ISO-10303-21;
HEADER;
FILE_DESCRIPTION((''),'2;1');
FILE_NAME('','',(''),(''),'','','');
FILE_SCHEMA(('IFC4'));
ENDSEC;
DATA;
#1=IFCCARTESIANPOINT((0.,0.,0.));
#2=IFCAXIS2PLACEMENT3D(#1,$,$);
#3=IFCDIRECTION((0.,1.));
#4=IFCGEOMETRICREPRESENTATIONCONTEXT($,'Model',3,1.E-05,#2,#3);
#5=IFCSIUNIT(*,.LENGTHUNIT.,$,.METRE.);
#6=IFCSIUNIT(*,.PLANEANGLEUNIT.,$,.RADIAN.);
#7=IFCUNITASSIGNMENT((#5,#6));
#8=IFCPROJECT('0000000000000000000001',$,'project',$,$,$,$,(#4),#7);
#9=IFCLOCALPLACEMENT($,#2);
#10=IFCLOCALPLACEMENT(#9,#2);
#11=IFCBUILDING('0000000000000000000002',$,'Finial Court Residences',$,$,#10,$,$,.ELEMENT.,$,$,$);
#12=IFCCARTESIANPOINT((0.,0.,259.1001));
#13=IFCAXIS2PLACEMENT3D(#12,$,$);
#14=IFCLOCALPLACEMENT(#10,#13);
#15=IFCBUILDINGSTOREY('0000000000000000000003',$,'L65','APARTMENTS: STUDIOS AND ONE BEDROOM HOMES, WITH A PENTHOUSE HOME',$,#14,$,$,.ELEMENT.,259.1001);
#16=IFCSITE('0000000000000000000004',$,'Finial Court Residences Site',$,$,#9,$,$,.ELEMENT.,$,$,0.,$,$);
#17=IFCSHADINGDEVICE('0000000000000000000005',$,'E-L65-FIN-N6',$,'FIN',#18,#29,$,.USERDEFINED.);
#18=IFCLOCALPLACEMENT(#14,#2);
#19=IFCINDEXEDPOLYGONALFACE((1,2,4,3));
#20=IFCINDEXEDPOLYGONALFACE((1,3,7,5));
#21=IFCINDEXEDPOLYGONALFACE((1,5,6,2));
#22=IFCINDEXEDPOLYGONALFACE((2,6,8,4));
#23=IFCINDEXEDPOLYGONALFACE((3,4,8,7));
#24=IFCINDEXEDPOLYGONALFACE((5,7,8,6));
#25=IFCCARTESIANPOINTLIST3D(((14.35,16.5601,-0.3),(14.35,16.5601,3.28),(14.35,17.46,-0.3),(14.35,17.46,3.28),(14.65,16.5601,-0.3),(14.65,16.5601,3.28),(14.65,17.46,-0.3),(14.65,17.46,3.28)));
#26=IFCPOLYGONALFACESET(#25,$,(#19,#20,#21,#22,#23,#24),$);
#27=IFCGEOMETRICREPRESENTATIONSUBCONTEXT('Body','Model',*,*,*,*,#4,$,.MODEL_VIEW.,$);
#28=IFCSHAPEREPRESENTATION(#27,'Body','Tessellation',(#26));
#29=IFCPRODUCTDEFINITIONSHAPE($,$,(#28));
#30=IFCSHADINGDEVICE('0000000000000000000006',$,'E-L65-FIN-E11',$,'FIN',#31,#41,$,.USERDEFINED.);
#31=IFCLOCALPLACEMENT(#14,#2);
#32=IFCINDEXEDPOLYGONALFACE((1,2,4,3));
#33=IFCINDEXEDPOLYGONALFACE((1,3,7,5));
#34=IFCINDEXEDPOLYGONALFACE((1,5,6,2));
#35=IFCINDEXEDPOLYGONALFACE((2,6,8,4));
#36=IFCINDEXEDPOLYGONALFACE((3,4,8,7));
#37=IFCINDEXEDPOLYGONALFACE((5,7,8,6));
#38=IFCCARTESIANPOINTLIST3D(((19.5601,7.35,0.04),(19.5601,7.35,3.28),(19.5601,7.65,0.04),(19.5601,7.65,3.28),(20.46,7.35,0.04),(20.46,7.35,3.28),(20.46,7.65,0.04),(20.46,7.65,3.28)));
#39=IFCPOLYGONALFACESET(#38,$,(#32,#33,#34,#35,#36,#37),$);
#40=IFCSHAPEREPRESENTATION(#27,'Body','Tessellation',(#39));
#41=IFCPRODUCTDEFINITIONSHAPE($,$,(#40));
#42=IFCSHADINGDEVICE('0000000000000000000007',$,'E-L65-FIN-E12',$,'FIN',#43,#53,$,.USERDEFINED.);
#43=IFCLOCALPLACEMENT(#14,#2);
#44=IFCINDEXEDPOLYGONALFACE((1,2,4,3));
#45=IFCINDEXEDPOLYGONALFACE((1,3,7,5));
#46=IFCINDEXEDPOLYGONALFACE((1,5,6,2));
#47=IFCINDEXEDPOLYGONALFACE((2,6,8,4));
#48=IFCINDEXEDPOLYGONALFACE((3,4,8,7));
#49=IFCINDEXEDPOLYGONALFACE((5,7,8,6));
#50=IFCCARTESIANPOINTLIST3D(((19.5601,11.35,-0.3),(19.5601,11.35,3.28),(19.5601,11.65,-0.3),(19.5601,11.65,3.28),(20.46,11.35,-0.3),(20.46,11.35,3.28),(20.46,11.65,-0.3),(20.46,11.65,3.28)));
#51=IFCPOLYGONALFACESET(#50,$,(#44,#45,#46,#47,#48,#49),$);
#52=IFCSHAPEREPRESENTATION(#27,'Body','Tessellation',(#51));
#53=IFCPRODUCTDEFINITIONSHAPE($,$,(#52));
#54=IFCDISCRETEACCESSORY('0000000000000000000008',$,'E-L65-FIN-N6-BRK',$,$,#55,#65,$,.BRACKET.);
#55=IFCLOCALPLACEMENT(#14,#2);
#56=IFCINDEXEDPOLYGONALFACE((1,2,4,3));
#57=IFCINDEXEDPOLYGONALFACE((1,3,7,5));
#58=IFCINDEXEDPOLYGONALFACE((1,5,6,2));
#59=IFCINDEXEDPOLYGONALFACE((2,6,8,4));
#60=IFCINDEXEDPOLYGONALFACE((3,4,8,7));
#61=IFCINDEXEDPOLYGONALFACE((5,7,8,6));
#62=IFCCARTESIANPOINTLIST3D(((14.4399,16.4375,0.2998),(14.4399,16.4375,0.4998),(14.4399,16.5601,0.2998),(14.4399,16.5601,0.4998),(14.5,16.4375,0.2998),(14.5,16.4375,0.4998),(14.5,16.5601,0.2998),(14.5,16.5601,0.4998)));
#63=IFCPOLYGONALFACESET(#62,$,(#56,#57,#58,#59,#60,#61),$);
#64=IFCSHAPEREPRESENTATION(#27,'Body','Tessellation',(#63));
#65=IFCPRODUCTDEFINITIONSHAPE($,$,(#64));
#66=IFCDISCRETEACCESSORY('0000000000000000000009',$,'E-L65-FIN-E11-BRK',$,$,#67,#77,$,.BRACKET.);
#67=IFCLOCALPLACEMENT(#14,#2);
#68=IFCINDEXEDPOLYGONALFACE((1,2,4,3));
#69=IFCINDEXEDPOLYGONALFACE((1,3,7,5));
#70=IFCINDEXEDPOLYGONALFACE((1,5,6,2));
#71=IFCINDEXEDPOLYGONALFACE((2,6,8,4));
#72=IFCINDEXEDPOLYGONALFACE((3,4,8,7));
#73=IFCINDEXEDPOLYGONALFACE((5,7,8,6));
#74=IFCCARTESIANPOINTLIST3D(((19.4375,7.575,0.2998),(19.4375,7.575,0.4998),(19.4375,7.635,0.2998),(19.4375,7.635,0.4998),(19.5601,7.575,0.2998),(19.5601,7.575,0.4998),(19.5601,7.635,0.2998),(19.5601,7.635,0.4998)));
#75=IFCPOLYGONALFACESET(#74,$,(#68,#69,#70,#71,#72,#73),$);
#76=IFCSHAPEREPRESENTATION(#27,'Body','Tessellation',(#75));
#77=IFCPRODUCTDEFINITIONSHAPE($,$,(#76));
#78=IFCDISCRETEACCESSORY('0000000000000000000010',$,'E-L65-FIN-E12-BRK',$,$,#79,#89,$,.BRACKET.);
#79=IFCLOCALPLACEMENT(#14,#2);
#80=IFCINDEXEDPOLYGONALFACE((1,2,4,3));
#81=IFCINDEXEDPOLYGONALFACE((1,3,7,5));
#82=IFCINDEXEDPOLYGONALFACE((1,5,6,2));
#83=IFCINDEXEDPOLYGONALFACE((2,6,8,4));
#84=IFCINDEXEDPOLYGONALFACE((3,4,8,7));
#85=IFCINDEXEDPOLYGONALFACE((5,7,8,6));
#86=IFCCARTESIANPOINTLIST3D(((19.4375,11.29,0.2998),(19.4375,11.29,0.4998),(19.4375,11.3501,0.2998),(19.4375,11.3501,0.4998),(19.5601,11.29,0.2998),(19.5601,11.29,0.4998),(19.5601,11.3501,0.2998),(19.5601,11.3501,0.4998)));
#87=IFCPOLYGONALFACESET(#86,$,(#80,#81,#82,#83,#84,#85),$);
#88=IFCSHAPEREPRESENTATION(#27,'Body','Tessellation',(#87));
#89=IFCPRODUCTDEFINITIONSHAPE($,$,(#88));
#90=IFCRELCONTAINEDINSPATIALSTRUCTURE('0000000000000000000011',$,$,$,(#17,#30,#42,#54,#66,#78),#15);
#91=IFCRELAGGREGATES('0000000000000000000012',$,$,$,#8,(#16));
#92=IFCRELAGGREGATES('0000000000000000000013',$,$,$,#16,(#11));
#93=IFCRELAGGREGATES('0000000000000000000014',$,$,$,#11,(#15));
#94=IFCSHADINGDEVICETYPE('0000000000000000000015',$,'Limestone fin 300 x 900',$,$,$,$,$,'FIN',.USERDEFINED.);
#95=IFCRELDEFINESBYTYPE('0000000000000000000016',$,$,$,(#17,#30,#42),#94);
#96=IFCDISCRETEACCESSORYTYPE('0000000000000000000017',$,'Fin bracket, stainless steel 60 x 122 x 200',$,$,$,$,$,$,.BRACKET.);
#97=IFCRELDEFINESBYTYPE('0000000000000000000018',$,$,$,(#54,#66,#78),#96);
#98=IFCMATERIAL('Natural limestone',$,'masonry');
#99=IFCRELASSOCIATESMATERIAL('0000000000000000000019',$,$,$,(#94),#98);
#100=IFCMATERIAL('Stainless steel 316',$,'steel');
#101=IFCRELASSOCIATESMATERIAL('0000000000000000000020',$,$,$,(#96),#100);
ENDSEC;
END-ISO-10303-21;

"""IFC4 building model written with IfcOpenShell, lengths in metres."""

from ifc_helpers import new_model, si_unit, direction, frame, origin, origin_2d, place, context, subcontext, project, spatial, rectangle, extrude, material, type_object, element, save


model = new_model("IFC4")

# Units and contexts
model_context = context("Model", 3, precision=1e-05, world=origin(), true_north=direction((0.0, 1.0)))
body_context = subcontext(model_context, "Body", "Model", "MODEL_VIEW")
ifc_project = project(units=[si_unit("LENGTHUNIT", "METRE"), si_unit("PLANEANGLEUNIT", "RADIAN")], contexts=[model_context])

# Site, building, storey
site_placement = place(None, origin())
site = spatial("IfcSite", under=ifc_project, at=site_placement, Name="Finial Court Residences Site", CompositionType="ELEMENT", RefElevation=0.0)
building_placement = place(site_placement, origin())
building = spatial("IfcBuilding", under=site, at=building_placement, Name="Finial Court Residences", CompositionType="ELEMENT")
storey_placement = place(building_placement, frame((0.0, 0.0, 259.1001)))
storey = spatial("IfcBuildingStorey", under=building, at=storey_placement, Name="L65", Description="APARTMENTS: STUDIOS AND ONE BEDROOM HOMES, WITH A PENTHOUSE HOME", CompositionType="ELEMENT", Elevation=259.1001)

# Shared definitions
ifc_material_1 = material(Name="Natural limestone", Category="masonry")

# Shading devices
shading_device_type = type_object("IfcShadingDeviceType", Name="Limestone fin 300 x 900", ElementType="FIN", PredefinedType="USERDEFINED", material=ifc_material_1)
shading_device_1_placement = place(storey_placement, frame((14.5, 17.01, -0.3), z_axis=(0.0, 0.0, 1.0), x_axis=(1.0, 0.0, 0.0)))
element("IfcShadingDevice", 1, at=shading_device_1_placement, inside=storey, type_object=shading_device_type, Name="E-L65-FIN-N6", ObjectType="FIN", PredefinedType="USERDEFINED", context=body_context, shape_type="SweptSolid", body=[
    extrude(rectangle(XDim=0.3, YDim=0.8999, at=origin_2d()), origin(), (0.0, 0.0, 1.0), 3.5801),
])
shading_device_2_placement = place(storey_placement, frame((20.01, 7.5, 0.04), z_axis=(0.0, 0.0, 1.0), x_axis=(1.0, 0.0, 0.0)))
element("IfcShadingDevice", 2, at=shading_device_2_placement, inside=storey, type_object=shading_device_type, Name="E-L65-FIN-E11", ObjectType="FIN", PredefinedType="USERDEFINED", context=body_context, shape_type="SweptSolid", body=[
    extrude(rectangle(XDim=0.8999, YDim=0.3, at=origin_2d()), origin(), (0.0, 0.0, 1.0), 3.24),
])
shading_device_3_placement = place(storey_placement, frame((20.01, 11.5, -0.3), z_axis=(0.0, 0.0, 1.0), x_axis=(1.0, 0.0, 0.0)))
element("IfcShadingDevice", 3, at=shading_device_3_placement, inside=storey, type_object=shading_device_type, Name="E-L65-FIN-E12", ObjectType="FIN", PredefinedType="USERDEFINED", context=body_context, shape_type="SweptSolid", body=[
    extrude(rectangle(XDim=0.8999, YDim=0.3, at=origin_2d()), origin(), (0.0, 0.0, 1.0), 3.5801),
])

# Discrete accessories
ifc_material_2 = material(Name="Stainless steel 316", Category="steel")
discrete_accessory_type = type_object("IfcDiscreteAccessoryType", Name="Fin bracket, stainless steel 60 x 122 x 200", PredefinedType="BRACKET", material=ifc_material_2)
discrete_accessory_placement = place(storey_placement, frame((14.47, 16.4988, 0.2998), z_axis=(0.0, 0.0, 1.0), x_axis=(1.0, 0.0, 0.0)))
element("IfcDiscreteAccessory", 4, at=discrete_accessory_placement, inside=storey, type_object=discrete_accessory_type, Name="E-L65-FIN-N6-BRK", PredefinedType="BRACKET", context=body_context, shape_type="SweptSolid", body=[
    extrude(rectangle(XDim=0.0601, YDim=0.1226, at=origin_2d()), origin(), (0.0, 0.0, 1.0), 0.2),
])
for number, where, z_axis, x_axis, name in (
    (5, (19.4988, 7.605, 0.2998), (0.0, 0.0, 1.0), (1.0, 0.0, 0.0), "E-L65-FIN-E11-BRK"),
    (6, (19.4988, 11.3201, 0.2998), (0.0, 0.0, 1.0), (1.0, 0.0, 0.0), "E-L65-FIN-E12-BRK"),
):
    element("IfcDiscreteAccessory", number, at=place(storey_placement, frame(where, z_axis=z_axis, x_axis=x_axis)), inside=storey, type_object=discrete_accessory_type, Name=name, PredefinedType="BRACKET", context=body_context, shape_type="SweptSolid", body=[
        extrude(rectangle(XDim=0.1226, YDim=0.0601, at=origin_2d()), origin(), (0.0, 0.0, 1.0), 0.2),
    ])

save(model, "model.ifc")
